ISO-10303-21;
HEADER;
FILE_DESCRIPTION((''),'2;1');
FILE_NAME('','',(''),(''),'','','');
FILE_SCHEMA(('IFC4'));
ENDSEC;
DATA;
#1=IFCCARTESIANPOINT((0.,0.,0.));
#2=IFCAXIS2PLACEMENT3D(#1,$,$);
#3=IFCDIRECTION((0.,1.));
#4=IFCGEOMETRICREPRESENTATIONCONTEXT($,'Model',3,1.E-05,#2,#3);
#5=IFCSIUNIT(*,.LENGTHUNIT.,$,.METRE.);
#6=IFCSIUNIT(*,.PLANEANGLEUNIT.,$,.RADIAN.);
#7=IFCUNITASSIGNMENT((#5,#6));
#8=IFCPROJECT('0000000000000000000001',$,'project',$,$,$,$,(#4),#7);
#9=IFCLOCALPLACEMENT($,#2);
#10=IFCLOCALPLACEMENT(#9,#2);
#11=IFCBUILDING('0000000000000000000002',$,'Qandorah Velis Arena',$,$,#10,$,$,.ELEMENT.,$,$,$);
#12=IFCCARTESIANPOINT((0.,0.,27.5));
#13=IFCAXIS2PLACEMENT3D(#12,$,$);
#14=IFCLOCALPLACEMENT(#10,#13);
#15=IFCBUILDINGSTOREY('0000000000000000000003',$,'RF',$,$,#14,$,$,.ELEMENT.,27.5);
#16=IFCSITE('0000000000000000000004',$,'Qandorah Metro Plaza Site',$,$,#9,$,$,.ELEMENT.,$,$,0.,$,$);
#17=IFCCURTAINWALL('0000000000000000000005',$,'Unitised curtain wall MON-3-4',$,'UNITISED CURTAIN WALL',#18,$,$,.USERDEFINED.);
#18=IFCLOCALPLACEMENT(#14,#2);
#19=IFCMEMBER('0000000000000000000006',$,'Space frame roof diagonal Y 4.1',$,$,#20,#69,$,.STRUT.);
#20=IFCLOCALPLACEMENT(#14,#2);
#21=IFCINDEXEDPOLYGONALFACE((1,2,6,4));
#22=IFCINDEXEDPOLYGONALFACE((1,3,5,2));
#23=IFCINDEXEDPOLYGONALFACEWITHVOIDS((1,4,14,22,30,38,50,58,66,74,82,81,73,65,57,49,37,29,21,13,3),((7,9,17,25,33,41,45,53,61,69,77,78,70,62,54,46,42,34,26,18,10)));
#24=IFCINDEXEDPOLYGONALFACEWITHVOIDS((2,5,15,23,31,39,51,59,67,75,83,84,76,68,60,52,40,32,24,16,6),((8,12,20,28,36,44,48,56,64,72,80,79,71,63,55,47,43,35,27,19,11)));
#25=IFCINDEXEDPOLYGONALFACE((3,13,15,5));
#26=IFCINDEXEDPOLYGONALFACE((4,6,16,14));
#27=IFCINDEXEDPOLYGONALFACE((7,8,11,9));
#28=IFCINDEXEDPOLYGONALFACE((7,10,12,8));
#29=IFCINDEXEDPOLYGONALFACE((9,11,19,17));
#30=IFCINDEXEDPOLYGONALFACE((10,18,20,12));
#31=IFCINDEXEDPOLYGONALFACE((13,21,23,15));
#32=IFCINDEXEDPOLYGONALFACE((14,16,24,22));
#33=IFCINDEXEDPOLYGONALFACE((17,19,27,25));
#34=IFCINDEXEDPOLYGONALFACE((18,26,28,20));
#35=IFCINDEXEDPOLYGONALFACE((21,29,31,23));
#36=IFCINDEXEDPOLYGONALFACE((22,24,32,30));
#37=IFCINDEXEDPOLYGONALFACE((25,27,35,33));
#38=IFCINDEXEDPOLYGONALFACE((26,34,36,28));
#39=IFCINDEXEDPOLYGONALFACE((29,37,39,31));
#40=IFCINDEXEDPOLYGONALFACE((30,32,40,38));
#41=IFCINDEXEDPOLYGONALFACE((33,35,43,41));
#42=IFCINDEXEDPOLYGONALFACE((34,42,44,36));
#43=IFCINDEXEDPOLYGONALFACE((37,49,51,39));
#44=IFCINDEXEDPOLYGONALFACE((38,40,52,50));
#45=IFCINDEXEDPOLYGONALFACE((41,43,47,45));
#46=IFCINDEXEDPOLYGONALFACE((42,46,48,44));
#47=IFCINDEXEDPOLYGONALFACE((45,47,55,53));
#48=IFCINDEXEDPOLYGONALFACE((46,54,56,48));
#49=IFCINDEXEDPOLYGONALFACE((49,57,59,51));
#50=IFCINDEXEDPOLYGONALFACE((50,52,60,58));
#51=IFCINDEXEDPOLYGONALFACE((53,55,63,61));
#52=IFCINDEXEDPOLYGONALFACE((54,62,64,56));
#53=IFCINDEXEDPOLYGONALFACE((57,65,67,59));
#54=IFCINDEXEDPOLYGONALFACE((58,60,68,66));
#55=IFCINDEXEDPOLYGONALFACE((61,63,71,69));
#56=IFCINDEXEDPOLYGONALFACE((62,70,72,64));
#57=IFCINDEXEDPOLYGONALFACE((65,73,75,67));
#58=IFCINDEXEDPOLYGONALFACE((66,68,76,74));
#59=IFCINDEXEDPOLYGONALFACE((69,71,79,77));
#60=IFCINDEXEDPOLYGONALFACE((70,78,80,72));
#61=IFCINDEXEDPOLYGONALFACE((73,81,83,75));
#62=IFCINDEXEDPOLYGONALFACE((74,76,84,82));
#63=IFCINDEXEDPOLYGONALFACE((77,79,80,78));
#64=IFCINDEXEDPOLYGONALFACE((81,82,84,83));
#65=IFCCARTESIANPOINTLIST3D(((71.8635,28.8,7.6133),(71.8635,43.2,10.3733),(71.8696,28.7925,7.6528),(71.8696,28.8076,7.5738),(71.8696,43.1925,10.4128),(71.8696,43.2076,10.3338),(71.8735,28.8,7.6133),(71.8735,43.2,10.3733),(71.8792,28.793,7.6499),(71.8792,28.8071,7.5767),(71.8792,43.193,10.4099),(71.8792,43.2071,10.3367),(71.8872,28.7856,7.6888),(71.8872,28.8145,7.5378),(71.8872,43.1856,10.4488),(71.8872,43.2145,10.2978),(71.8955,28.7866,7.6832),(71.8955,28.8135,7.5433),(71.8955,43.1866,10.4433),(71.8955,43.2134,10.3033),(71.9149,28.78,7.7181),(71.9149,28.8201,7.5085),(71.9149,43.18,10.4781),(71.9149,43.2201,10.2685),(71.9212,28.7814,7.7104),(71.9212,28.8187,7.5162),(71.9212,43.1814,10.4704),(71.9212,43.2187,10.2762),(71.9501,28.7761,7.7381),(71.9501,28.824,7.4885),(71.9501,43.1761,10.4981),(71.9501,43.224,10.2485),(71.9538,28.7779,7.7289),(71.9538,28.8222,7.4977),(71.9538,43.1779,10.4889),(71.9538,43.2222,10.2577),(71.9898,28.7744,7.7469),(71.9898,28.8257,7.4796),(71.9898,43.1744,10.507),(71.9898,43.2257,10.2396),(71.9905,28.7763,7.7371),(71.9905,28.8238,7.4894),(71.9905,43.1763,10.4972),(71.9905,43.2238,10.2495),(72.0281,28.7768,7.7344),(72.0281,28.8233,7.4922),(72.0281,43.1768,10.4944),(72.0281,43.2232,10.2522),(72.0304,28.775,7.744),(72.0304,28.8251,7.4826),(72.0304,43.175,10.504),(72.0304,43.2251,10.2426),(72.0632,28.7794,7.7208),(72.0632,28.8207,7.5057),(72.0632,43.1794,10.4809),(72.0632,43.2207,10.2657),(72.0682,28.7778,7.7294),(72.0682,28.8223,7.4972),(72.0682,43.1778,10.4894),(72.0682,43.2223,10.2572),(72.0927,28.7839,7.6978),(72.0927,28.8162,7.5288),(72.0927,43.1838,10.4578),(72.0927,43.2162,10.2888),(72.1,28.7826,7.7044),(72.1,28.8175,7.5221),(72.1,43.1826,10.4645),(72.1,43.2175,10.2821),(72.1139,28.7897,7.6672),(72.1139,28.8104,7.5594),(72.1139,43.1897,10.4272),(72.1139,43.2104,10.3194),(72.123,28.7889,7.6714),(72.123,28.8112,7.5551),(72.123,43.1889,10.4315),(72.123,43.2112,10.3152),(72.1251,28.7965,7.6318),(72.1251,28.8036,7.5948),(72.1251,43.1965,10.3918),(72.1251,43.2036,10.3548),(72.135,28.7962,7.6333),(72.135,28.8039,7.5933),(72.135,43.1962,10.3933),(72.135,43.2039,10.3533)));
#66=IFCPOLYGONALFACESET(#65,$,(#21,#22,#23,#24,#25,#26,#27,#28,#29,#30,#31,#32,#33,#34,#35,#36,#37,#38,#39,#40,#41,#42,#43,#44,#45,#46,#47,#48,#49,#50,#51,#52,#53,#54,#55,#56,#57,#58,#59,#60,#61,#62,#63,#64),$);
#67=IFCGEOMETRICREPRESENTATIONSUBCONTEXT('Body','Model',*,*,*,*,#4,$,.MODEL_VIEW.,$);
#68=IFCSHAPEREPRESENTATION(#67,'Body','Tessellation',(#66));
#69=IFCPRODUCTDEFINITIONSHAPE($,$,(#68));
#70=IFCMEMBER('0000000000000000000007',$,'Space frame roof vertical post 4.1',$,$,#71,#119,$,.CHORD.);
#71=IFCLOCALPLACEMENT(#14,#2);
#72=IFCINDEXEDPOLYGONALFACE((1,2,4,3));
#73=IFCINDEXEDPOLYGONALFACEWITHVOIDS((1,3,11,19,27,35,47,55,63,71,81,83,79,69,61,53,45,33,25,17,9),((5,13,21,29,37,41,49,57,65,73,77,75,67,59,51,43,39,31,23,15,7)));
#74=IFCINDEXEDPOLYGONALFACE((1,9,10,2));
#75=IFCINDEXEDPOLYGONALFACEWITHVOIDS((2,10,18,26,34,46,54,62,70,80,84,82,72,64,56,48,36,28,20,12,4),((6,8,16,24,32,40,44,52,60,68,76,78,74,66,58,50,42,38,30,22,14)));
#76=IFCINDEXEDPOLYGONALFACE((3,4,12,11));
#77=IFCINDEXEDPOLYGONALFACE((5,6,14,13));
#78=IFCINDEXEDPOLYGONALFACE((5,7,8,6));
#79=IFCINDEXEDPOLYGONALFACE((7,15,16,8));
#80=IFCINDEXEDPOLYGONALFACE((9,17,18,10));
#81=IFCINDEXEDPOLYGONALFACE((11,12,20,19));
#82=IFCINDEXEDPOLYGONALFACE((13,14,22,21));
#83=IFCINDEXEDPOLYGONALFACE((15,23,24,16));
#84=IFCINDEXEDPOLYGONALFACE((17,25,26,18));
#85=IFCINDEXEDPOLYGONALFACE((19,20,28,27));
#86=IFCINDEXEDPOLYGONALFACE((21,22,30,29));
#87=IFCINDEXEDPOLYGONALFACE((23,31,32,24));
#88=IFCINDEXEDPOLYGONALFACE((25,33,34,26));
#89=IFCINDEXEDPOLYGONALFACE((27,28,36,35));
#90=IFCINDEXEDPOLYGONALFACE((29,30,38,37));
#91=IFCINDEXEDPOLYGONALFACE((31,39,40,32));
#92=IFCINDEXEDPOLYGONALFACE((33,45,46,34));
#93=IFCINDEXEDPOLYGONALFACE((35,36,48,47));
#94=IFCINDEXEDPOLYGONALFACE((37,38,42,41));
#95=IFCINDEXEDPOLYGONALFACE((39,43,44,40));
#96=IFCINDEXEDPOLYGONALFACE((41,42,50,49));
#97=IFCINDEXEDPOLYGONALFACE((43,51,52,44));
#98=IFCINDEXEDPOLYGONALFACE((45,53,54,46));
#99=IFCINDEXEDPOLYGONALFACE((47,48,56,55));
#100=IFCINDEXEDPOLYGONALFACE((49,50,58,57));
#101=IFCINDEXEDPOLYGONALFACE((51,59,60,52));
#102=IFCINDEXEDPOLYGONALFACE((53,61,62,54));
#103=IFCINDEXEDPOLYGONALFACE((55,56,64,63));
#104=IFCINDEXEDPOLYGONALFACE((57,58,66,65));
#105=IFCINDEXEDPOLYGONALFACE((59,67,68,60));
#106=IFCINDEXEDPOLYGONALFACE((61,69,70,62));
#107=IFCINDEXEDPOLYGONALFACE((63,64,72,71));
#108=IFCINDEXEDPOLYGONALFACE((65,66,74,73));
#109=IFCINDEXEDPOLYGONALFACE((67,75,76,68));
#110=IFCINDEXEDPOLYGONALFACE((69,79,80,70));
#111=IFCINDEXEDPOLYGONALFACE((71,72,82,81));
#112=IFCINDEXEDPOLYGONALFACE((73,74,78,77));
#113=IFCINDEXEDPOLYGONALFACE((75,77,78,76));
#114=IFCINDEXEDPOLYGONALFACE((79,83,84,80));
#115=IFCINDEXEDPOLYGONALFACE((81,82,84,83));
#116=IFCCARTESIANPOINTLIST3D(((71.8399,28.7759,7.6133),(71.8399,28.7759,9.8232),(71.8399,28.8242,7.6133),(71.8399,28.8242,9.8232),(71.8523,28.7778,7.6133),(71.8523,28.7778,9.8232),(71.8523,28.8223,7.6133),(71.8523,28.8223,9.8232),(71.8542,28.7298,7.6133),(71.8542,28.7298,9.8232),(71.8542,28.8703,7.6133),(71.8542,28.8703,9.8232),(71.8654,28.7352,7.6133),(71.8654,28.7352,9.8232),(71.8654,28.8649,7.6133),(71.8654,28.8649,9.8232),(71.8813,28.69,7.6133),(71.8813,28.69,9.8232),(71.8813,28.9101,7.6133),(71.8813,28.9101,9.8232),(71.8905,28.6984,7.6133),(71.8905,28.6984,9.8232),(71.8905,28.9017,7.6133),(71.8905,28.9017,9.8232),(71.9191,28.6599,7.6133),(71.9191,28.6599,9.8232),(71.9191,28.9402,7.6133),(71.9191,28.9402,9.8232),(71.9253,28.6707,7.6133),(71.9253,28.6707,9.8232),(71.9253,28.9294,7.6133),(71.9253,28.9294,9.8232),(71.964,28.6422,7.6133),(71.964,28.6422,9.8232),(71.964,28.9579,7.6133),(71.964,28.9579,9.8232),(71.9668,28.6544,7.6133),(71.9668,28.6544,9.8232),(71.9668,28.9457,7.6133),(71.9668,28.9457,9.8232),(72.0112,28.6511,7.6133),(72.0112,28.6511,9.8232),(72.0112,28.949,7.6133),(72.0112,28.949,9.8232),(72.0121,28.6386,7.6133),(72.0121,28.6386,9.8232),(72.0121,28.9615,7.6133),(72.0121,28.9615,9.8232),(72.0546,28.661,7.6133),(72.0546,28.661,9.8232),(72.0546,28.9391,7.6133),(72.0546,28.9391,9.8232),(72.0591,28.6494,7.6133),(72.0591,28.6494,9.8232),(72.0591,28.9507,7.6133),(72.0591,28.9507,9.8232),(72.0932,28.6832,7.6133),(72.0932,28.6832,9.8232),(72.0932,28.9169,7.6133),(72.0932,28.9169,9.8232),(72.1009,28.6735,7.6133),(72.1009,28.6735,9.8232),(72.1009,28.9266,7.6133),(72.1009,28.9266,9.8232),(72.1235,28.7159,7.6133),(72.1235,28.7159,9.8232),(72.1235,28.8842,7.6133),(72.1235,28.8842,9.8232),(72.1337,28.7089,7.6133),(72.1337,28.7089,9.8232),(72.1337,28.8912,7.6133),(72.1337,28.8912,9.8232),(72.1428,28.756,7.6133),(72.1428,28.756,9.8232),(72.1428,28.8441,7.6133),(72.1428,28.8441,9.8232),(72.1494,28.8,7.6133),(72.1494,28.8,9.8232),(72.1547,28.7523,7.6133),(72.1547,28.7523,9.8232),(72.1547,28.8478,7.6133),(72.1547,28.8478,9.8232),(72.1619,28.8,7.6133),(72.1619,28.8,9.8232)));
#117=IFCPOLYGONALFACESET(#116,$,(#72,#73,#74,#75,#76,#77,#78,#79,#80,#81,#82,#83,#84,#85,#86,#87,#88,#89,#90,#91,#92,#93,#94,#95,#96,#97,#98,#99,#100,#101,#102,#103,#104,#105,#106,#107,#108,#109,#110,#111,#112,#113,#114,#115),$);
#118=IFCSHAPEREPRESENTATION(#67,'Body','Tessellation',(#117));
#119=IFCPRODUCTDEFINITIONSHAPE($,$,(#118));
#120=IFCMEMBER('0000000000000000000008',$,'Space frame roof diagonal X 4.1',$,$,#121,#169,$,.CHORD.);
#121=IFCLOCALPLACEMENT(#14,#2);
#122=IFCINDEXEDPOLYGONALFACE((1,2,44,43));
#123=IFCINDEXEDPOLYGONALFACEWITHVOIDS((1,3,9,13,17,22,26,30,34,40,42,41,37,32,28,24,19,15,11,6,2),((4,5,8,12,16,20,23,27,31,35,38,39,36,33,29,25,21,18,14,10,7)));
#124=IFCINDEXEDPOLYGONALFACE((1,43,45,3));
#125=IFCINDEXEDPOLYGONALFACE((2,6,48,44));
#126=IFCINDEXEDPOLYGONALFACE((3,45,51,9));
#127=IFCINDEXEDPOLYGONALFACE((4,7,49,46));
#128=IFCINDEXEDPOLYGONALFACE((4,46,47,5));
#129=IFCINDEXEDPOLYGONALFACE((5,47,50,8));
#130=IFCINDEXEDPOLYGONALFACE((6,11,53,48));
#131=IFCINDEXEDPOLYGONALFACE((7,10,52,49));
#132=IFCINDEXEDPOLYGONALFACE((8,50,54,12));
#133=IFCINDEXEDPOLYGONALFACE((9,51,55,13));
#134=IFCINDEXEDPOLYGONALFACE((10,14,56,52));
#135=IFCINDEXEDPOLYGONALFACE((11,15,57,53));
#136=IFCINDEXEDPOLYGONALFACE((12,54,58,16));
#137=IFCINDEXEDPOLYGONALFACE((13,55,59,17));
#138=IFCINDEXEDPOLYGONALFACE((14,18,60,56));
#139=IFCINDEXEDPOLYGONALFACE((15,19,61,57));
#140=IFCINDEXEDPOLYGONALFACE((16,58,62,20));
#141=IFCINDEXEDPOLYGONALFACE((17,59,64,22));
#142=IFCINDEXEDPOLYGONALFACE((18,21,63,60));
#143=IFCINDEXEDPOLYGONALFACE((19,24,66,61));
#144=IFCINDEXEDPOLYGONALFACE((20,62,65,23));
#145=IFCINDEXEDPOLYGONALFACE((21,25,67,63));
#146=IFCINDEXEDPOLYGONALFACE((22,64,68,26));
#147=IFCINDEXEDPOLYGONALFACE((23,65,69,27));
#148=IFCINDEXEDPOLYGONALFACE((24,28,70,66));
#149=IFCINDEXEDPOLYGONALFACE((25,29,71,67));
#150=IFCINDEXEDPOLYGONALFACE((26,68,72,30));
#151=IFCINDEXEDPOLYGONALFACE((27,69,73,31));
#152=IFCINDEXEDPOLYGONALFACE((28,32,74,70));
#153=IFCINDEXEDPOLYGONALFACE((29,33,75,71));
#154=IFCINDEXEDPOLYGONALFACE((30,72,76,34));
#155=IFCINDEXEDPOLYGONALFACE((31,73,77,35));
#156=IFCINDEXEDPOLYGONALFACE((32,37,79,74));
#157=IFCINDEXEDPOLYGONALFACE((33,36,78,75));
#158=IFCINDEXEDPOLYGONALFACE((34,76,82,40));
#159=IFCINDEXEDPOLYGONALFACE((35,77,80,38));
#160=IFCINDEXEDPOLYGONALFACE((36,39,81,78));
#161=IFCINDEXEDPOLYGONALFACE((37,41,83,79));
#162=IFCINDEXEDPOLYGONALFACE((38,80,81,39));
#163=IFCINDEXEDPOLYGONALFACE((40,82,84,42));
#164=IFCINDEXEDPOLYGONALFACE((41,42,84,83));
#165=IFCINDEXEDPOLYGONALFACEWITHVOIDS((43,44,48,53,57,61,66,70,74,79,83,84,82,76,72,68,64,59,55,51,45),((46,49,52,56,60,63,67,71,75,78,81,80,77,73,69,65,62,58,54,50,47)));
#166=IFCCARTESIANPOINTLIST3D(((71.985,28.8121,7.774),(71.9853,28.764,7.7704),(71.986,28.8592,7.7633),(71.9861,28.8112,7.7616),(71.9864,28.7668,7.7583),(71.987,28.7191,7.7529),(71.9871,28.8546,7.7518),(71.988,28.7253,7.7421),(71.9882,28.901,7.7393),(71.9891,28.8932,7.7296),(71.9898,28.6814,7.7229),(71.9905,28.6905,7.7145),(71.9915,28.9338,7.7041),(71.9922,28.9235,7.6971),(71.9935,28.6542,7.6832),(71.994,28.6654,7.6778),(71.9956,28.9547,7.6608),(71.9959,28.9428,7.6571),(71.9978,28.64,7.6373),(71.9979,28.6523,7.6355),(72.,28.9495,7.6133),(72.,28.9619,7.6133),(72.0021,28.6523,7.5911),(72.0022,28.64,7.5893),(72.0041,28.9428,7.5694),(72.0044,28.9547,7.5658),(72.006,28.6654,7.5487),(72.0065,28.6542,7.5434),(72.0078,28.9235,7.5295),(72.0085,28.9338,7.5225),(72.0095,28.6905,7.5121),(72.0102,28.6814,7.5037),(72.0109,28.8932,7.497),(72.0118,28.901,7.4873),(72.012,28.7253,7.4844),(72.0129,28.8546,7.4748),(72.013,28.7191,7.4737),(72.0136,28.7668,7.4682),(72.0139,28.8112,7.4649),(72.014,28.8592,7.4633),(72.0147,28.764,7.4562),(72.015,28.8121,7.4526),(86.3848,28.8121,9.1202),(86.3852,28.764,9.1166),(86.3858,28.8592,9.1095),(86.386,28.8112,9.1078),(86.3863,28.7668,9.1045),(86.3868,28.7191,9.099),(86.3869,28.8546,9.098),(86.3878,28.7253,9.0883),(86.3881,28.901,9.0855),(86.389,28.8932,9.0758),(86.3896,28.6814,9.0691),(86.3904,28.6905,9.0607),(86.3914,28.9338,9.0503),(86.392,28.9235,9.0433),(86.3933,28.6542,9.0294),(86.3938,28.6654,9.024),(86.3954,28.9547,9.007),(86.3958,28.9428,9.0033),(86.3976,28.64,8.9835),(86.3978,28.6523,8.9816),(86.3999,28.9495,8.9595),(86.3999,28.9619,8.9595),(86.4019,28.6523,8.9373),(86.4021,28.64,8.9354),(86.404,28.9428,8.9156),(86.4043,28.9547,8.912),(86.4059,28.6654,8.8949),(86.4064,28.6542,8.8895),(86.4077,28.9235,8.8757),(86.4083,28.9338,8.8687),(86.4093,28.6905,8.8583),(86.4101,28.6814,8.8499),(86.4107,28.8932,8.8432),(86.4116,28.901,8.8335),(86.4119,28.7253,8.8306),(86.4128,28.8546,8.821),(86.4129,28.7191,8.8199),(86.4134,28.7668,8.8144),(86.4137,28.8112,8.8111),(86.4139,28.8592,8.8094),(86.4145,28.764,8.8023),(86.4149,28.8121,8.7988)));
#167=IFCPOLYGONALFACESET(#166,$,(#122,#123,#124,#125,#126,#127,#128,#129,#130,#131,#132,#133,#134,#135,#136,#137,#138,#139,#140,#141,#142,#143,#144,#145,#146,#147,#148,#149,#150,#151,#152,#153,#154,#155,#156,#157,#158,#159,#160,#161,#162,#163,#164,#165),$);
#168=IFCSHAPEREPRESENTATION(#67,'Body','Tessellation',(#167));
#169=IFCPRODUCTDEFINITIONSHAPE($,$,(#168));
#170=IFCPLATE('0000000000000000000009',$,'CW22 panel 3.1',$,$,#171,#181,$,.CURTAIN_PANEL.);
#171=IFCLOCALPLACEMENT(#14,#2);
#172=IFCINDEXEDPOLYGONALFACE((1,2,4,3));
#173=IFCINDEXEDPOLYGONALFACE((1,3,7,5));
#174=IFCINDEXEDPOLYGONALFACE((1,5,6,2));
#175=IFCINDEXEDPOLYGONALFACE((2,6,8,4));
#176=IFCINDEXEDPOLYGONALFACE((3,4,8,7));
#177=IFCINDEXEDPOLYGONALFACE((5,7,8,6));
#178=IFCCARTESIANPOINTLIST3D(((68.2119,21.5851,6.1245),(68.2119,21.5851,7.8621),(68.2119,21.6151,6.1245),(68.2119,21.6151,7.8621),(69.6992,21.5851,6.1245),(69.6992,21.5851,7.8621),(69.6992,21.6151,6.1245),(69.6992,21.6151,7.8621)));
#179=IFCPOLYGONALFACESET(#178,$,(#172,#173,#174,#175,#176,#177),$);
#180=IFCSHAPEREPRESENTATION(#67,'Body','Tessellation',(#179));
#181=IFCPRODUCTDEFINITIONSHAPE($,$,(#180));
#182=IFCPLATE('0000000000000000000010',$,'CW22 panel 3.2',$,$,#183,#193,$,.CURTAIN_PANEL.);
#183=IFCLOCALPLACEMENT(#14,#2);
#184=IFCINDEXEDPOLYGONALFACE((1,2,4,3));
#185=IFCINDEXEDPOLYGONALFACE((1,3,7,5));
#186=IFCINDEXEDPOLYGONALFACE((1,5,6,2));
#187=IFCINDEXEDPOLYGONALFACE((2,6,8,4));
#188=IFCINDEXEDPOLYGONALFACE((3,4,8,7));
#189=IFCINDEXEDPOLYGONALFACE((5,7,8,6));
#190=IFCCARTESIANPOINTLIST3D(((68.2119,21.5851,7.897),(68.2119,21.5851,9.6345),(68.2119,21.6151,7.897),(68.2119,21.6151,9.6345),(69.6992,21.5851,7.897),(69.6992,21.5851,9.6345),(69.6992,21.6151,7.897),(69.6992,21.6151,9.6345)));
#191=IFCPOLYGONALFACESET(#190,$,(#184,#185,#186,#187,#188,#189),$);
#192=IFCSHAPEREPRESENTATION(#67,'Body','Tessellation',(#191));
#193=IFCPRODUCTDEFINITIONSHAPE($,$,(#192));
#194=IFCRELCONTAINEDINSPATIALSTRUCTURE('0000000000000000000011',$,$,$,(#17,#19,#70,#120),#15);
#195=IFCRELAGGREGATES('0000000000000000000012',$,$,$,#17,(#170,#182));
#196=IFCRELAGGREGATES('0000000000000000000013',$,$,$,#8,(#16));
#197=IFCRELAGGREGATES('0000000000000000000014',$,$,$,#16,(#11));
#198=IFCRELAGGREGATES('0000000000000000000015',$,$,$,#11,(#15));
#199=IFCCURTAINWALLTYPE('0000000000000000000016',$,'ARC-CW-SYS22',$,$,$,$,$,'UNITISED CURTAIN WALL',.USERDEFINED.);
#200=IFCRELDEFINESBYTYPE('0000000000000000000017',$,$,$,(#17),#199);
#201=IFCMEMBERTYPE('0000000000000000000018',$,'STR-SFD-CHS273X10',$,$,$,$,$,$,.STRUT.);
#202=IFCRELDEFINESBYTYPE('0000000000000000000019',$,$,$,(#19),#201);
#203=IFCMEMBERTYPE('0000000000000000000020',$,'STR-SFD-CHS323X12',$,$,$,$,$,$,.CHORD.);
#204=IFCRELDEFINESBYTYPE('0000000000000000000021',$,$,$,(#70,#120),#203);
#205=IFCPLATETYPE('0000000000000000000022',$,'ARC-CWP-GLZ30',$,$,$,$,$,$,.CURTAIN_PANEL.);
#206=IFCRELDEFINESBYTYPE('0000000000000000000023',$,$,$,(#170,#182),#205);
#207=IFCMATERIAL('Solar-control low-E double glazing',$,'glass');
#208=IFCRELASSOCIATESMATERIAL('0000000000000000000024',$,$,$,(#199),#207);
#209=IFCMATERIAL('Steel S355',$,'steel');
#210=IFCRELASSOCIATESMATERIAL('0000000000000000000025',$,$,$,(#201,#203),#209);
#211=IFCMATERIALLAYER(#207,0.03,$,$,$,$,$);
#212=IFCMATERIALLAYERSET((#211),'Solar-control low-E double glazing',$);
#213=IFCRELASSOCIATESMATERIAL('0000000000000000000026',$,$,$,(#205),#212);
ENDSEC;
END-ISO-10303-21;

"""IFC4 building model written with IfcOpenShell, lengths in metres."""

from ifc_helpers import new_model, si_unit, direction, frame, origin, origin_2d, place, context, subcontext, project, spatial, rectangle, hollow_circle, extrude, material, layer, layer_set, material_profile, profile_set, type_object, element, aggregate, save


model = new_model("IFC4")

# Units and contexts
model_context = context("Model", 3, precision=1e-05, world=origin(), true_north=direction((0.0, 1.0)))
body_context = subcontext(model_context, "Body", "Model", "MODEL_VIEW")
ifc_project = project(units=[si_unit("LENGTHUNIT", "METRE"), si_unit("PLANEANGLEUNIT", "RADIAN")], contexts=[model_context])

# Site, building, storey
site_placement = place(None, origin())
site = spatial("IfcSite", under=ifc_project, at=site_placement, Name="Qandorah Metro Plaza Site", CompositionType="ELEMENT", RefElevation=0.0)
building_placement = place(site_placement, origin())
building = spatial("IfcBuilding", under=site, at=building_placement, Name="Qandorah Velis Arena", CompositionType="ELEMENT")
storey_placement = place(building_placement, frame((0.0, 0.0, 27.5)))
storey = spatial("IfcBuildingStorey", under=building, at=storey_placement, Name="RF", CompositionType="ELEMENT", Elevation=27.5)

# Curtain wall
ifc_material_1 = material(Name="Solar-control low-E double glazing", Category="glass")
curtain_wall_type_1 = type_object("IfcCurtainWallType", Name="ARC-CW-SYS22", ElementType="UNITISED CURTAIN WALL", PredefinedType="USERDEFINED", material=ifc_material_1)
curtain_wall_1_placement = place(storey_placement, origin())
curtain_wall_1 = element("IfcCurtainWall", 1, at=curtain_wall_1_placement, inside=storey, type_object=curtain_wall_type_1, Name="Unitised curtain wall MON-3-4", ObjectType="UNITISED CURTAIN WALL", PredefinedType="USERDEFINED")

# Shared definitions
ifc_material_2 = material(Name="Steel S355", Category="steel")

# Members
ifc_material_profile_1 = material_profile(ifc_material_2, hollow_circle(Radius=0.1365, WallThickness=0.01, at=origin_2d()), Name="CHS 273x10")
ifc_profile_set_1 = profile_set([ifc_material_profile_1], Name="Steel S355")
member_type_1 = type_object("IfcMemberType", Name="STR-SFD-CHS273X10", PredefinedType="STRUT", material=ifc_profile_set_1)
member_1_placement = place(storey_placement, frame((72.0, 28.8, 7.6133), z_axis=(0.0, 0.982123, 0.188242), x_axis=(-1.0, 0.0, 0.0)))
element("IfcMember", 2, at=member_1_placement, inside=storey, type_object=member_type_1, Name="Space frame roof diagonal Y 4.1", PredefinedType="STRUT", context=body_context, shape_type="SweptSolid", body=[
    extrude(hollow_circle(Radius=0.1365, WallThickness=0.01, at=origin_2d()), origin(), (0.0, 0.0, 1.0), 14.6621),
])
ifc_material_profile_2 = material_profile(ifc_material_2, hollow_circle(Radius=0.1619, WallThickness=0.0125, at=origin_2d()), Name="CHS 323.9x12.5")
ifc_profile_set_2 = profile_set([ifc_material_profile_2], Name="Steel S355")
member_type_2 = type_object("IfcMemberType", Name="STR-SFD-CHS323X12", PredefinedType="CHORD", material=ifc_profile_set_2)
member_2_placement = place(storey_placement, frame((72.0, 28.8, 7.6133), z_axis=(0.0, 0.0, 1.0), x_axis=(1.0, 0.0, 0.0)))
element("IfcMember", 3, at=member_2_placement, inside=storey, type_object=member_type_2, Name="Space frame roof vertical post 4.1", PredefinedType="CHORD", context=body_context, shape_type="SweptSolid", body=[
    extrude(hollow_circle(Radius=0.1619, WallThickness=0.0125, at=origin_2d()), origin(), (0.0, 0.0, 1.0), 2.21),
])
member_3_placement = place(storey_placement, frame((72.0, 28.8, 7.6133), z_axis=(0.995659, 0.0, 0.09308), x_axis=(0.0, 1.0, 0.0)))
element("IfcMember", 4, at=member_3_placement, inside=storey, type_object=member_type_2, Name="Space frame roof diagonal X 4.1", PredefinedType="CHORD", context=body_context, shape_type="SweptSolid", body=[
    extrude(hollow_circle(Radius=0.1619, WallThickness=0.0125, at=origin_2d()), origin(), (0.0, 0.0, 1.0), 14.4626),
])

# Plates
ifc_layer = layer(ifc_material_1, 0.03)
ifc_layer_set = layer_set([ifc_layer], Name="Solar-control low-E double glazing")
plate_type = type_object("IfcPlateType", Name="ARC-CWP-GLZ30", PredefinedType="CURTAIN_PANEL", material=ifc_layer_set)
plate_1_placement = place(storey_placement, frame((68.9556, 21.6001, 6.1245), z_axis=(0.0, 0.0, 1.0), x_axis=(1.0, 0.0, 0.0)))
plate_1 = element("IfcPlate", 5, at=plate_1_placement, type_object=plate_type, Name="CW22 panel 3.1", PredefinedType="CURTAIN_PANEL", context=body_context, shape_type="SweptSolid", body=[
    extrude(rectangle(XDim=1.4873, YDim=0.03, at=origin_2d()), origin(), (0.0, 0.0, 1.0), 1.7375),
])
plate_2_placement = place(storey_placement, frame((68.9556, 21.6001, 7.897), z_axis=(0.0, 0.0, 1.0), x_axis=(1.0, 0.0, 0.0)))
plate_2 = element("IfcPlate", 6, at=plate_2_placement, type_object=plate_type, Name="CW22 panel 3.2", PredefinedType="CURTAIN_PANEL", context=body_context, shape_type="SweptSolid", body=[
    extrude(rectangle(XDim=1.4873, YDim=0.03, at=origin_2d()), origin(), (0.0, 0.0, 1.0), 1.7375),
])
aggregate(curtain_wall_1, [plate_1, plate_2])

save(model, "model.ifc")
